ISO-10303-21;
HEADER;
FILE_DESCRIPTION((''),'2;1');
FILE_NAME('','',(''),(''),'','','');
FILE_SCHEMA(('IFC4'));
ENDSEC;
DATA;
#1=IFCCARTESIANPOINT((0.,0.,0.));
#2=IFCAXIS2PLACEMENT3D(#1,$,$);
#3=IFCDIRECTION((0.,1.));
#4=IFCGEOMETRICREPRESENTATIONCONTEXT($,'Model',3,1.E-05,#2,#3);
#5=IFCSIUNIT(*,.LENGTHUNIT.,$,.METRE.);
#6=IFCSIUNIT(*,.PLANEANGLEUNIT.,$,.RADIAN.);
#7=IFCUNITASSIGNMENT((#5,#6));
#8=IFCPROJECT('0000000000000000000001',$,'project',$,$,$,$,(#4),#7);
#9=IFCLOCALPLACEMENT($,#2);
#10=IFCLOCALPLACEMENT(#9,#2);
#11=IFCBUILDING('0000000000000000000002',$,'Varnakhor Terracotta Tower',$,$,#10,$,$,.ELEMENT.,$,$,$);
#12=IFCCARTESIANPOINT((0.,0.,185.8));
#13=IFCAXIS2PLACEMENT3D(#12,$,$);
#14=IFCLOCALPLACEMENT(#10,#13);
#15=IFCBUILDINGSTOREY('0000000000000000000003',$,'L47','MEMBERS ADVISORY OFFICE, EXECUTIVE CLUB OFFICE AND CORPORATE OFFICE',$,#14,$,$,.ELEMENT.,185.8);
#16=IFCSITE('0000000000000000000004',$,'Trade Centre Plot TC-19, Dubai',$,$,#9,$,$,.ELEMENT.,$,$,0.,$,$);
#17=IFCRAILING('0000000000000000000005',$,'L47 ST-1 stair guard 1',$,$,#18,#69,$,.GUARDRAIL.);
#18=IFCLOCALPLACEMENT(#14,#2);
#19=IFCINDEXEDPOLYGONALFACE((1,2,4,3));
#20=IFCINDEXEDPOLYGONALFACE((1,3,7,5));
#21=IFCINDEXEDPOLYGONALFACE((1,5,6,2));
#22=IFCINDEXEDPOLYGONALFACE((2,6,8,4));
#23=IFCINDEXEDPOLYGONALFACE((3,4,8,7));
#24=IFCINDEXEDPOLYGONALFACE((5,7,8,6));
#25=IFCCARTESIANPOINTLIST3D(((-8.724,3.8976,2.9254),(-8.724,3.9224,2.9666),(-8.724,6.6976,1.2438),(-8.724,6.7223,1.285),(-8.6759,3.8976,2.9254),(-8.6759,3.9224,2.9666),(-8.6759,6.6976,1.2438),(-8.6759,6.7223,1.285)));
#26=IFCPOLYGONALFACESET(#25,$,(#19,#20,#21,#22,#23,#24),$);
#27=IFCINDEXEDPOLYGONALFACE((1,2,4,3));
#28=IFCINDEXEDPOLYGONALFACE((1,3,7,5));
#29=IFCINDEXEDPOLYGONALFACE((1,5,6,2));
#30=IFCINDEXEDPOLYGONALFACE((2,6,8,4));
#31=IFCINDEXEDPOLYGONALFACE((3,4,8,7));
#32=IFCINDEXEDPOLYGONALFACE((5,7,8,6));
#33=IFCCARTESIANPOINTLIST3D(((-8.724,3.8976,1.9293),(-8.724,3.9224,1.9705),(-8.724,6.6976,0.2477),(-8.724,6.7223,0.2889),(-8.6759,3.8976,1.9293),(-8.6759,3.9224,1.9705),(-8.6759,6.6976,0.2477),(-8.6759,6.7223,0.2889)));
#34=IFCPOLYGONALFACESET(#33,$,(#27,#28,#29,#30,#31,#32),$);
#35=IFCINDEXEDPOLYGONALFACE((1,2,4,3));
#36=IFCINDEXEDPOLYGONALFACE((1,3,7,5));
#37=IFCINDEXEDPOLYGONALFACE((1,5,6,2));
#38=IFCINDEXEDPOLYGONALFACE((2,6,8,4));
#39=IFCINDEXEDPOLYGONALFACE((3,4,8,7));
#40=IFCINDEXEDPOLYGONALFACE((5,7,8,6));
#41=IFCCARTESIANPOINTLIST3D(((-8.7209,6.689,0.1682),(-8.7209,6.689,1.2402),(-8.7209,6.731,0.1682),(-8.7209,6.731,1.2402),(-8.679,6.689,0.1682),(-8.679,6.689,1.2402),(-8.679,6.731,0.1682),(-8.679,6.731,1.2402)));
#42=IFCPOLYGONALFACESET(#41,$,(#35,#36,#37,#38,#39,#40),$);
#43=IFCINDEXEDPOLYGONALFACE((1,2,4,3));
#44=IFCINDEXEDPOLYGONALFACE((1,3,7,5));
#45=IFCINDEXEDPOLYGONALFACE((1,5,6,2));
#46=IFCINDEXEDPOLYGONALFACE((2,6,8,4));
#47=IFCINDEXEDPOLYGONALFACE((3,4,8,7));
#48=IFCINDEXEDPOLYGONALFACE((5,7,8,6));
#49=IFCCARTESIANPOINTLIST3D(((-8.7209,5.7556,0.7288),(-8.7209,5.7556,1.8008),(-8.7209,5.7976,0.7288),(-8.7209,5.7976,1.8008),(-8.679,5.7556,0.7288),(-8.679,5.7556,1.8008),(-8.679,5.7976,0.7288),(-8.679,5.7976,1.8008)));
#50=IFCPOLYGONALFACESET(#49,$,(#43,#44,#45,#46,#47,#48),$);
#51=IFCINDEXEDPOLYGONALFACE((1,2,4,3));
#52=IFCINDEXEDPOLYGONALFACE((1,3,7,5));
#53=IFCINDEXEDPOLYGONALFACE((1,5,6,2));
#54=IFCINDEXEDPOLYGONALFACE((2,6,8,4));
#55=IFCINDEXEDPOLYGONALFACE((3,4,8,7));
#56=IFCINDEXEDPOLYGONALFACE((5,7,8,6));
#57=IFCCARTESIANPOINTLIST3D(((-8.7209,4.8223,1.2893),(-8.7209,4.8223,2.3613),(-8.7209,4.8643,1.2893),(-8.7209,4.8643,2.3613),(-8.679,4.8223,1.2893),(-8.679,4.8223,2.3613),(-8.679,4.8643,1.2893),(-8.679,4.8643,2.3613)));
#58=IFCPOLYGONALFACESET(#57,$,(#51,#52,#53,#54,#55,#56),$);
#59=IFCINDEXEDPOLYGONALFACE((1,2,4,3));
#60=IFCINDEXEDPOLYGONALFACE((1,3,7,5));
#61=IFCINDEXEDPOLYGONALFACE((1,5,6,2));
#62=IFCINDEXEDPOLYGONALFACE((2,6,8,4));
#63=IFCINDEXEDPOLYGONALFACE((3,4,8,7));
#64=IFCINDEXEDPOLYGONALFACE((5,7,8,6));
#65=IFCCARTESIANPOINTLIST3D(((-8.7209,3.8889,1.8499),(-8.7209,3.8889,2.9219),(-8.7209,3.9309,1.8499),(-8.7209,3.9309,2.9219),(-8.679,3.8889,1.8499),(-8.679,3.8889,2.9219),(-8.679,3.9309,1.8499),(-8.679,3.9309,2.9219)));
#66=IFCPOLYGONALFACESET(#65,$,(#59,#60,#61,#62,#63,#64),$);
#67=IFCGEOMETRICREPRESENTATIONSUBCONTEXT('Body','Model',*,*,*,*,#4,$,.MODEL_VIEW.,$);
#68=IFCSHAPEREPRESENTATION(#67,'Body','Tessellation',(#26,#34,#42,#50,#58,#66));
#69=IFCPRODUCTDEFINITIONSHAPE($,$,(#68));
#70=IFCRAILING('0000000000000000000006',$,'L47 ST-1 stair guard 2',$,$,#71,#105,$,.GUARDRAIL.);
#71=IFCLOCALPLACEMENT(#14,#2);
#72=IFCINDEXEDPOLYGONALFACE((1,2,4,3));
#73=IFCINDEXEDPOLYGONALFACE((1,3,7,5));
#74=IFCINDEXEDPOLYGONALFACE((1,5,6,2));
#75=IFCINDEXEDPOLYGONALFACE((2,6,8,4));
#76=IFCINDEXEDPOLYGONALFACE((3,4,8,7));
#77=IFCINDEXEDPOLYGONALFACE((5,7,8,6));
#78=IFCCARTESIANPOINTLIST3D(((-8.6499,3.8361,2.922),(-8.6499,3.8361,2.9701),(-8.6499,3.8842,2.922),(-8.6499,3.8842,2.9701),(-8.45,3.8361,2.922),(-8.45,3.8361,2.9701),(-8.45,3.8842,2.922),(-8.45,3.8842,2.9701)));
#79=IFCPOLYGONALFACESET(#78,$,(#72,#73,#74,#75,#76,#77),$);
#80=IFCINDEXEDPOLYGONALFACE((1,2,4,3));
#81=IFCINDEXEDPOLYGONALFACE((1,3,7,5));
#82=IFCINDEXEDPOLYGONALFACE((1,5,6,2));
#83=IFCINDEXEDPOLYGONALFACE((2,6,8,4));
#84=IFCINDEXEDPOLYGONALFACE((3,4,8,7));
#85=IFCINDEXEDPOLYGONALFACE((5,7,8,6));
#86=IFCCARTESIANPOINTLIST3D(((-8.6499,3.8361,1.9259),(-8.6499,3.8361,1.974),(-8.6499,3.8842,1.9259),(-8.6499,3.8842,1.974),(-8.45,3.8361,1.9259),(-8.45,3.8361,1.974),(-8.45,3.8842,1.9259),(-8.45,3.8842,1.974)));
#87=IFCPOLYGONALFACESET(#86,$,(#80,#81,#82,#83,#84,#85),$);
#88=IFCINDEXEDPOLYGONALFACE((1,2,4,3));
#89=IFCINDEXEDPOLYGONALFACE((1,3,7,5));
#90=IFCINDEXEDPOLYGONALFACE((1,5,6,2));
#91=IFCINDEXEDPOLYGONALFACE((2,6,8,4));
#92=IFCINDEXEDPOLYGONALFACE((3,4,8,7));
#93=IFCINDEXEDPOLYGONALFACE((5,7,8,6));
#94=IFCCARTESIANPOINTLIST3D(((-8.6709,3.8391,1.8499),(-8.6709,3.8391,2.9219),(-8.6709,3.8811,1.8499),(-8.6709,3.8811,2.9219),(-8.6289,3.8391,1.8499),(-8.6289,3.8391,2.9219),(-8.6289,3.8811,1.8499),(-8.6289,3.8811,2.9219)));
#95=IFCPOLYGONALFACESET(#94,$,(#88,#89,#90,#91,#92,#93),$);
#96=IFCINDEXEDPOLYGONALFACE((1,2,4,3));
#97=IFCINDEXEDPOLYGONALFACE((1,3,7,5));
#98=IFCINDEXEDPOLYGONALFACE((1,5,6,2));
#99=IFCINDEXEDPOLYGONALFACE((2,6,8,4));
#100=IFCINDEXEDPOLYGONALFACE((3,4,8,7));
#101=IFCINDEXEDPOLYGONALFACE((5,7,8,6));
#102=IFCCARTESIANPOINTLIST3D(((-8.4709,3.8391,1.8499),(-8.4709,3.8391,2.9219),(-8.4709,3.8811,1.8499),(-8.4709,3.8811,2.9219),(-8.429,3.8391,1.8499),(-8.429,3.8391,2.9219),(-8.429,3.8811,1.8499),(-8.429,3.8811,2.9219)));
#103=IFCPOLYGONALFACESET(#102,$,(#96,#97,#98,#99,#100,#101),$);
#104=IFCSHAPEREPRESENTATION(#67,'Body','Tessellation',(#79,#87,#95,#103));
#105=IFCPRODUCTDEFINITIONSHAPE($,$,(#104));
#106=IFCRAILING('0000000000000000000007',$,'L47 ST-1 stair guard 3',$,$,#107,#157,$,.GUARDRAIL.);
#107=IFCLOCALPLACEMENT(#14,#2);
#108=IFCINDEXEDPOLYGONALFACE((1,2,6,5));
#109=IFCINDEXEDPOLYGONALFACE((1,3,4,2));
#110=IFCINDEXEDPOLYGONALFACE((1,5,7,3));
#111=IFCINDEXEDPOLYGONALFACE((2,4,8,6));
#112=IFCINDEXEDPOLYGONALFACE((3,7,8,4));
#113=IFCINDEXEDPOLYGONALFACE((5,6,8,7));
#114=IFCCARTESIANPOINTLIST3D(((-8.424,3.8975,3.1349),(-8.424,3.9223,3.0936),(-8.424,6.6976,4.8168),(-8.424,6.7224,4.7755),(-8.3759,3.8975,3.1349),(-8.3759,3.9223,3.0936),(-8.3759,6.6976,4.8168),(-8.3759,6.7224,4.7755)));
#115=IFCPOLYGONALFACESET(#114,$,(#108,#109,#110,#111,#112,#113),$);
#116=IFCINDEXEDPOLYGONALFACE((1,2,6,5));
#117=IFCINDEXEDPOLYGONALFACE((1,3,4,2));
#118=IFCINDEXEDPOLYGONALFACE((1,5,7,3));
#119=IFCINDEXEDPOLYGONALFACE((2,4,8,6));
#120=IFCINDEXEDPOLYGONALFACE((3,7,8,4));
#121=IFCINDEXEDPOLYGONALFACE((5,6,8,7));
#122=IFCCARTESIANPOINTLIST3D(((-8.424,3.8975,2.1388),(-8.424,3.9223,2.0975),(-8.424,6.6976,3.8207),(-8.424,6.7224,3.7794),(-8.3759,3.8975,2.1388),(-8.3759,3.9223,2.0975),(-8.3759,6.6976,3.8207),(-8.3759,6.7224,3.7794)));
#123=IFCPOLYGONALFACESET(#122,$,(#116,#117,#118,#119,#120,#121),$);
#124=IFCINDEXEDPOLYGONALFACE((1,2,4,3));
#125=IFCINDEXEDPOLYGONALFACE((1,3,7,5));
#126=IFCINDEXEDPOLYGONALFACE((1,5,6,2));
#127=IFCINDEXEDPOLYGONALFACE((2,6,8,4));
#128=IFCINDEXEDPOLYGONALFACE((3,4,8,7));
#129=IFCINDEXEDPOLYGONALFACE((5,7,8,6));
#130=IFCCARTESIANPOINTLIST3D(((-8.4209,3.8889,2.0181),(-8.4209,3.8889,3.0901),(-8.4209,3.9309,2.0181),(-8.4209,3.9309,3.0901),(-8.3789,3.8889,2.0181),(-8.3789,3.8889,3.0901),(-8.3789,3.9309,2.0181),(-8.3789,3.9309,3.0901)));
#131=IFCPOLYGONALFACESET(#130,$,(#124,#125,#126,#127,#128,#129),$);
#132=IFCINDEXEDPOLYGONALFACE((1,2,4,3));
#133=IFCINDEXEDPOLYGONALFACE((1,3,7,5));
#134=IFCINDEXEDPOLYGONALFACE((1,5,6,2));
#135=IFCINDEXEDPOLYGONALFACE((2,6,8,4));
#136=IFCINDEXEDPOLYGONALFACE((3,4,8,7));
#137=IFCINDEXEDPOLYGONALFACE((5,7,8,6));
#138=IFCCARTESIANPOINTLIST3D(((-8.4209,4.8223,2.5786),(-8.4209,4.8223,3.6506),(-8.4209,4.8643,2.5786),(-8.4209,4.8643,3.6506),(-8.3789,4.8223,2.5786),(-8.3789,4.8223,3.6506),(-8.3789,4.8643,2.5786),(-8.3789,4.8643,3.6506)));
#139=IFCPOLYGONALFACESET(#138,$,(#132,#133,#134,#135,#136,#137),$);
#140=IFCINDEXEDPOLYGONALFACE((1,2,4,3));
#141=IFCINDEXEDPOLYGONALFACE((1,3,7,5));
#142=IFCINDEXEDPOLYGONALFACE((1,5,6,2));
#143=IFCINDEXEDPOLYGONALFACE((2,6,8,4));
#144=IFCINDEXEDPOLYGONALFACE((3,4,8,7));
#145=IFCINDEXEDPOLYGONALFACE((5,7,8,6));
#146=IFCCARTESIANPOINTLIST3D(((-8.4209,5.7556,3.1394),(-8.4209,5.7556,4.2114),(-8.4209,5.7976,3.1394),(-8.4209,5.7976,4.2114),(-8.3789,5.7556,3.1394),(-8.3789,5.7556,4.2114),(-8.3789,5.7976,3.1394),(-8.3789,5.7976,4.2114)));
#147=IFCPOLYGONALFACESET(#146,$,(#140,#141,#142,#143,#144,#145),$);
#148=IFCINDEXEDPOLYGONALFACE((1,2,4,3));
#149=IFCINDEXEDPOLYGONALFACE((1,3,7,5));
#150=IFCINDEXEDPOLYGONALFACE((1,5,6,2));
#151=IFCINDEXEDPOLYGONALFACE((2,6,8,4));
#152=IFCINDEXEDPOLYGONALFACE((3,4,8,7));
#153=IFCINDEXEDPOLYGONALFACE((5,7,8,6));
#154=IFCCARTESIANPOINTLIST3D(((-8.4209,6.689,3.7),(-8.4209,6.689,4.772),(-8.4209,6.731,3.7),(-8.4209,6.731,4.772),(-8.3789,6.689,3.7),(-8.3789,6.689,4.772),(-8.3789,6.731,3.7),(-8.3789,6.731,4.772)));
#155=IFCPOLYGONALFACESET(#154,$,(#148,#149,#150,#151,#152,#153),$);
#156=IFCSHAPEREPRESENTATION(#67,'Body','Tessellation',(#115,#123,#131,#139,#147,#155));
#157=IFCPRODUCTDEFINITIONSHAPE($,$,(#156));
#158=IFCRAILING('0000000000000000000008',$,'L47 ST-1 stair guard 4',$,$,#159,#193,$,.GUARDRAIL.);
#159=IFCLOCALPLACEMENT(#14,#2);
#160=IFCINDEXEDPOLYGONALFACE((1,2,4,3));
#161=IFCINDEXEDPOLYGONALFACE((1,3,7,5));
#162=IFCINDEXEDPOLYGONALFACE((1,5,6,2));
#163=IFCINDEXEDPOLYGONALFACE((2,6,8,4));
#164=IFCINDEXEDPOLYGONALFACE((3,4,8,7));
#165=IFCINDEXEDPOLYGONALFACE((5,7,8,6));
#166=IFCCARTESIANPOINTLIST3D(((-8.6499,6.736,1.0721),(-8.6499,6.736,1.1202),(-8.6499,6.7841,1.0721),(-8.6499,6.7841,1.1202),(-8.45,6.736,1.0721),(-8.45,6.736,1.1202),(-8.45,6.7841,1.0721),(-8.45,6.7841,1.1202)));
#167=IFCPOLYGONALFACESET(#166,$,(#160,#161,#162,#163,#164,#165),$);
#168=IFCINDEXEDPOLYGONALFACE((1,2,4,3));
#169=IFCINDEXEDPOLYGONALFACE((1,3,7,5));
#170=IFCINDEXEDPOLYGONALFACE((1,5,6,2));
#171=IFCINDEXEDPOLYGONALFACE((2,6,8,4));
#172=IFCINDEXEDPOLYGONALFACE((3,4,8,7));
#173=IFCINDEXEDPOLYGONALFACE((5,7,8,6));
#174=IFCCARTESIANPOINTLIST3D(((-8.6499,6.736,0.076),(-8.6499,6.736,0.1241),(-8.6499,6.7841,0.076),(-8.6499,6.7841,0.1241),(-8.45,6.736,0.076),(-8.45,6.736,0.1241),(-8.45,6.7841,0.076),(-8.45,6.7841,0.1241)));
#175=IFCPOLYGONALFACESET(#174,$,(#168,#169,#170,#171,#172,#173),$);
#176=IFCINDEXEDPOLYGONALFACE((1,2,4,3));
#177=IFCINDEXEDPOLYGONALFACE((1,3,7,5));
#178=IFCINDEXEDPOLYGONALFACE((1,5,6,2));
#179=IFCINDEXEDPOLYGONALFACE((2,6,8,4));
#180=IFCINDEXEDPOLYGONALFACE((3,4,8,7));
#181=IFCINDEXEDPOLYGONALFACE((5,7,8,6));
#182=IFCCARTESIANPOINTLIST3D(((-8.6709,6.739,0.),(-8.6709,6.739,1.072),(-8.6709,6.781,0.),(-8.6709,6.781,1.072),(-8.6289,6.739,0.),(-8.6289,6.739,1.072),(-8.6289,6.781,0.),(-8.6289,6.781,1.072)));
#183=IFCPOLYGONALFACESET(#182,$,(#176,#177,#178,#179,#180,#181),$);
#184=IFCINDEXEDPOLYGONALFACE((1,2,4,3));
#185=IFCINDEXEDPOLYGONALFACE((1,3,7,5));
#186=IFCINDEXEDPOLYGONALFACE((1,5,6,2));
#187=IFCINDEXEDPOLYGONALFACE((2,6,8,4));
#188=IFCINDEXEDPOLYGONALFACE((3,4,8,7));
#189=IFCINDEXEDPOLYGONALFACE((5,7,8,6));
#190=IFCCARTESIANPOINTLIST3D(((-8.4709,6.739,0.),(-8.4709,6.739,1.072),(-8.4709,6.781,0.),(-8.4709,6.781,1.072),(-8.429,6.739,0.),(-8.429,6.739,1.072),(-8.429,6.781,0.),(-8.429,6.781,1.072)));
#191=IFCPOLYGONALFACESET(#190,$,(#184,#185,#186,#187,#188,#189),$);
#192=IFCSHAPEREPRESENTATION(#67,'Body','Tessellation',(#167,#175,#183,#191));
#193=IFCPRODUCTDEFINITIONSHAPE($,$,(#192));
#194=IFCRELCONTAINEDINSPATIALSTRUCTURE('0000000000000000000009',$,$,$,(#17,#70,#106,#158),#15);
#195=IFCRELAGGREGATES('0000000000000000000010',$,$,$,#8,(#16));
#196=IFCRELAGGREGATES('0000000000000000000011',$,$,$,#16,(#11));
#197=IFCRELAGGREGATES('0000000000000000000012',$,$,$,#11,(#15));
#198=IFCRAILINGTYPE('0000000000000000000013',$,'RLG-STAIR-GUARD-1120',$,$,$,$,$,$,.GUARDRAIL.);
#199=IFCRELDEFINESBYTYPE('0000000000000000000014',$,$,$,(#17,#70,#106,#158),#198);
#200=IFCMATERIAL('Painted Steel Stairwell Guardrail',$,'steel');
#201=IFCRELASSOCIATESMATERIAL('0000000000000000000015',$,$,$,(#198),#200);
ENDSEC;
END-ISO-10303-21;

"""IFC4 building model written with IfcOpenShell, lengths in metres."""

from ifc_helpers import new_model, si_unit, direction, frame, origin, origin_2d, place, context, subcontext, project, spatial, rectangle, extrude, material, type_object, element, save


model = new_model("IFC4")

# Units and contexts
model_context = context("Model", 3, precision=1e-05, world=origin(), true_north=direction((0.0, 1.0)))
body_context = subcontext(model_context, "Body", "Model", "MODEL_VIEW")
ifc_project = project(units=[si_unit("LENGTHUNIT", "METRE"), si_unit("PLANEANGLEUNIT", "RADIAN")], contexts=[model_context])

# Site, building, storey
site_placement = place(None, origin())
site = spatial("IfcSite", under=ifc_project, at=site_placement, Name="Trade Centre Plot TC-19, Dubai", CompositionType="ELEMENT", RefElevation=0.0)
building_placement = place(site_placement, origin())
building = spatial("IfcBuilding", under=site, at=building_placement, Name="Varnakhor Terracotta Tower", CompositionType="ELEMENT")
storey_placement = place(building_placement, frame((0.0, 0.0, 185.8)))
storey = spatial("IfcBuildingStorey", under=building, at=storey_placement, Name="L47", Description="MEMBERS ADVISORY OFFICE, EXECUTIVE CLUB OFFICE AND CORPORATE OFFICE", CompositionType="ELEMENT", Elevation=185.8)

# Railings
ifc_material_1 = material(Name="Painted Steel Stairwell Guardrail", Category="steel")
railing_type_1 = type_object("IfcRailingType", Name="RLG-STAIR-GUARD-1120", PredefinedType="GUARDRAIL", material=ifc_material_1)
railing_1_placement = place(storey_placement, frame((-8.7, 6.71, 0.1682)))
element("IfcRailing", 1, at=railing_1_placement, inside=storey, type_object=railing_type_1, Name="L47 ST-1 stair guard 1", PredefinedType="GUARDRAIL", context=body_context, shape_type="SweptSolid", body=[
    extrude(rectangle(XDim=0.0481, YDim=0.0481, at=origin_2d()), frame((0.0, 0.0, 1.0962), z_axis=(0.0, -0.857275, 0.514858), x_axis=(1.0, 0.0, 0.0)), (0.0, 0.0, 1.0), 3.2661),
    extrude(rectangle(XDim=0.0481, YDim=0.0481, at=origin_2d()), frame((0.0, 0.0, 0.1001), z_axis=(0.0, -0.857275, 0.514858), x_axis=(1.0, 0.0, 0.0)), (0.0, 0.0, 1.0), 3.2661),
    extrude(rectangle(XDim=0.042, YDim=0.042, at=origin_2d()), origin(), (0.0, 0.0, 1.0), 1.072),
    extrude(rectangle(XDim=0.042, YDim=0.042, at=origin_2d()), frame((0.0, -0.9333, 0.5605)), (0.0, 0.0, 1.0), 1.072),
    extrude(rectangle(XDim=0.042, YDim=0.042, at=origin_2d()), frame((0.0, -1.8667, 1.1211)), (0.0, 0.0, 1.0), 1.072),
    extrude(rectangle(XDim=0.042, YDim=0.042, at=origin_2d()), frame((0.0, -2.8, 1.6816)), (0.0, 0.0, 1.0), 1.072),
])
railing_2_placement = place(storey_placement, frame((-8.6499, 3.8601, 1.8499)))
element("IfcRailing", 2, at=railing_2_placement, inside=storey, type_object=railing_type_1, Name="L47 ST-1 stair guard 2", PredefinedType="GUARDRAIL", context=body_context, shape_type="SweptSolid", body=[
    extrude(rectangle(XDim=0.0481, YDim=0.0481, at=origin_2d()), frame((0.0, 0.0, 1.0962), z_axis=(1.0, 0.0, 0.0), x_axis=(0.0, 1.0, 0.0)), (0.0, 0.0, 1.0), 0.2),
    extrude(rectangle(XDim=0.0481, YDim=0.0481, at=origin_2d()), frame((0.0, 0.0, 0.1001), z_axis=(1.0, 0.0, 0.0), x_axis=(0.0, 1.0, 0.0)), (0.0, 0.0, 1.0), 0.2),
    extrude(rectangle(XDim=0.042, YDim=0.042, at=origin_2d()), origin(), (0.0, 0.0, 1.0), 1.072),
    extrude(rectangle(XDim=0.042, YDim=0.042, at=origin_2d()), frame((0.2, 0.0, 0.0)), (0.0, 0.0, 1.0), 1.072),
])
railing_3_placement = place(storey_placement, frame((-8.3999, 3.9099, 2.0181)))
element("IfcRailing", 3, at=railing_3_placement, inside=storey, type_object=railing_type_1, Name="L47 ST-1 stair guard 3", PredefinedType="GUARDRAIL", context=body_context, shape_type="SweptSolid", body=[
    extrude(rectangle(XDim=0.0481, YDim=0.0481, at=origin_2d()), frame((0.0, 0.0, 1.0962), z_axis=(0.0, 0.857242, 0.514913), x_axis=(-1.0, 0.0, 0.0)), (0.0, 0.0, 1.0), 3.2664),
    extrude(rectangle(XDim=0.0481, YDim=0.0481, at=origin_2d()), frame((0.0, 0.0, 0.1001), z_axis=(0.0, 0.857242, 0.514913), x_axis=(-1.0, 0.0, 0.0)), (0.0, 0.0, 1.0), 3.2664),
    extrude(rectangle(XDim=0.042, YDim=0.042, at=origin_2d()), origin(), (0.0, 0.0, 1.0), 1.072),
    extrude(rectangle(XDim=0.042, YDim=0.042, at=origin_2d()), frame((0.0, 0.9333, 0.5605)), (0.0, 0.0, 1.0), 1.072),
    extrude(rectangle(XDim=0.042, YDim=0.042, at=origin_2d()), frame((0.0, 1.8667, 1.1213)), (0.0, 0.0, 1.0), 1.072),
    extrude(rectangle(XDim=0.042, YDim=0.042, at=origin_2d()), frame((0.0, 2.8, 1.6819)), (0.0, 0.0, 1.0), 1.072),
])
railing_4_placement = place(storey_placement, frame((-8.6499, 6.76, 0.0)))
element("IfcRailing", 4, at=railing_4_placement, inside=storey, type_object=railing_type_1, Name="L47 ST-1 stair guard 4", PredefinedType="GUARDRAIL", context=body_context, shape_type="SweptSolid", body=[
    extrude(rectangle(XDim=0.0481, YDim=0.0481, at=origin_2d()), frame((0.0, 0.0, 1.0962), z_axis=(1.0, 0.0, 0.0), x_axis=(0.0, 1.0, 0.0)), (0.0, 0.0, 1.0), 0.2),
    extrude(rectangle(XDim=0.0481, YDim=0.0481, at=origin_2d()), frame((0.0, 0.0, 0.1001), z_axis=(1.0, 0.0, 0.0), x_axis=(0.0, 1.0, 0.0)), (0.0, 0.0, 1.0), 0.2),
    extrude(rectangle(XDim=0.042, YDim=0.042, at=origin_2d()), origin(), (0.0, 0.0, 1.0), 1.072),
    extrude(rectangle(XDim=0.042, YDim=0.042, at=origin_2d()), frame((0.2, 0.0, 0.0)), (0.0, 0.0, 1.0), 1.072),
])

save(model, "model.ifc")
